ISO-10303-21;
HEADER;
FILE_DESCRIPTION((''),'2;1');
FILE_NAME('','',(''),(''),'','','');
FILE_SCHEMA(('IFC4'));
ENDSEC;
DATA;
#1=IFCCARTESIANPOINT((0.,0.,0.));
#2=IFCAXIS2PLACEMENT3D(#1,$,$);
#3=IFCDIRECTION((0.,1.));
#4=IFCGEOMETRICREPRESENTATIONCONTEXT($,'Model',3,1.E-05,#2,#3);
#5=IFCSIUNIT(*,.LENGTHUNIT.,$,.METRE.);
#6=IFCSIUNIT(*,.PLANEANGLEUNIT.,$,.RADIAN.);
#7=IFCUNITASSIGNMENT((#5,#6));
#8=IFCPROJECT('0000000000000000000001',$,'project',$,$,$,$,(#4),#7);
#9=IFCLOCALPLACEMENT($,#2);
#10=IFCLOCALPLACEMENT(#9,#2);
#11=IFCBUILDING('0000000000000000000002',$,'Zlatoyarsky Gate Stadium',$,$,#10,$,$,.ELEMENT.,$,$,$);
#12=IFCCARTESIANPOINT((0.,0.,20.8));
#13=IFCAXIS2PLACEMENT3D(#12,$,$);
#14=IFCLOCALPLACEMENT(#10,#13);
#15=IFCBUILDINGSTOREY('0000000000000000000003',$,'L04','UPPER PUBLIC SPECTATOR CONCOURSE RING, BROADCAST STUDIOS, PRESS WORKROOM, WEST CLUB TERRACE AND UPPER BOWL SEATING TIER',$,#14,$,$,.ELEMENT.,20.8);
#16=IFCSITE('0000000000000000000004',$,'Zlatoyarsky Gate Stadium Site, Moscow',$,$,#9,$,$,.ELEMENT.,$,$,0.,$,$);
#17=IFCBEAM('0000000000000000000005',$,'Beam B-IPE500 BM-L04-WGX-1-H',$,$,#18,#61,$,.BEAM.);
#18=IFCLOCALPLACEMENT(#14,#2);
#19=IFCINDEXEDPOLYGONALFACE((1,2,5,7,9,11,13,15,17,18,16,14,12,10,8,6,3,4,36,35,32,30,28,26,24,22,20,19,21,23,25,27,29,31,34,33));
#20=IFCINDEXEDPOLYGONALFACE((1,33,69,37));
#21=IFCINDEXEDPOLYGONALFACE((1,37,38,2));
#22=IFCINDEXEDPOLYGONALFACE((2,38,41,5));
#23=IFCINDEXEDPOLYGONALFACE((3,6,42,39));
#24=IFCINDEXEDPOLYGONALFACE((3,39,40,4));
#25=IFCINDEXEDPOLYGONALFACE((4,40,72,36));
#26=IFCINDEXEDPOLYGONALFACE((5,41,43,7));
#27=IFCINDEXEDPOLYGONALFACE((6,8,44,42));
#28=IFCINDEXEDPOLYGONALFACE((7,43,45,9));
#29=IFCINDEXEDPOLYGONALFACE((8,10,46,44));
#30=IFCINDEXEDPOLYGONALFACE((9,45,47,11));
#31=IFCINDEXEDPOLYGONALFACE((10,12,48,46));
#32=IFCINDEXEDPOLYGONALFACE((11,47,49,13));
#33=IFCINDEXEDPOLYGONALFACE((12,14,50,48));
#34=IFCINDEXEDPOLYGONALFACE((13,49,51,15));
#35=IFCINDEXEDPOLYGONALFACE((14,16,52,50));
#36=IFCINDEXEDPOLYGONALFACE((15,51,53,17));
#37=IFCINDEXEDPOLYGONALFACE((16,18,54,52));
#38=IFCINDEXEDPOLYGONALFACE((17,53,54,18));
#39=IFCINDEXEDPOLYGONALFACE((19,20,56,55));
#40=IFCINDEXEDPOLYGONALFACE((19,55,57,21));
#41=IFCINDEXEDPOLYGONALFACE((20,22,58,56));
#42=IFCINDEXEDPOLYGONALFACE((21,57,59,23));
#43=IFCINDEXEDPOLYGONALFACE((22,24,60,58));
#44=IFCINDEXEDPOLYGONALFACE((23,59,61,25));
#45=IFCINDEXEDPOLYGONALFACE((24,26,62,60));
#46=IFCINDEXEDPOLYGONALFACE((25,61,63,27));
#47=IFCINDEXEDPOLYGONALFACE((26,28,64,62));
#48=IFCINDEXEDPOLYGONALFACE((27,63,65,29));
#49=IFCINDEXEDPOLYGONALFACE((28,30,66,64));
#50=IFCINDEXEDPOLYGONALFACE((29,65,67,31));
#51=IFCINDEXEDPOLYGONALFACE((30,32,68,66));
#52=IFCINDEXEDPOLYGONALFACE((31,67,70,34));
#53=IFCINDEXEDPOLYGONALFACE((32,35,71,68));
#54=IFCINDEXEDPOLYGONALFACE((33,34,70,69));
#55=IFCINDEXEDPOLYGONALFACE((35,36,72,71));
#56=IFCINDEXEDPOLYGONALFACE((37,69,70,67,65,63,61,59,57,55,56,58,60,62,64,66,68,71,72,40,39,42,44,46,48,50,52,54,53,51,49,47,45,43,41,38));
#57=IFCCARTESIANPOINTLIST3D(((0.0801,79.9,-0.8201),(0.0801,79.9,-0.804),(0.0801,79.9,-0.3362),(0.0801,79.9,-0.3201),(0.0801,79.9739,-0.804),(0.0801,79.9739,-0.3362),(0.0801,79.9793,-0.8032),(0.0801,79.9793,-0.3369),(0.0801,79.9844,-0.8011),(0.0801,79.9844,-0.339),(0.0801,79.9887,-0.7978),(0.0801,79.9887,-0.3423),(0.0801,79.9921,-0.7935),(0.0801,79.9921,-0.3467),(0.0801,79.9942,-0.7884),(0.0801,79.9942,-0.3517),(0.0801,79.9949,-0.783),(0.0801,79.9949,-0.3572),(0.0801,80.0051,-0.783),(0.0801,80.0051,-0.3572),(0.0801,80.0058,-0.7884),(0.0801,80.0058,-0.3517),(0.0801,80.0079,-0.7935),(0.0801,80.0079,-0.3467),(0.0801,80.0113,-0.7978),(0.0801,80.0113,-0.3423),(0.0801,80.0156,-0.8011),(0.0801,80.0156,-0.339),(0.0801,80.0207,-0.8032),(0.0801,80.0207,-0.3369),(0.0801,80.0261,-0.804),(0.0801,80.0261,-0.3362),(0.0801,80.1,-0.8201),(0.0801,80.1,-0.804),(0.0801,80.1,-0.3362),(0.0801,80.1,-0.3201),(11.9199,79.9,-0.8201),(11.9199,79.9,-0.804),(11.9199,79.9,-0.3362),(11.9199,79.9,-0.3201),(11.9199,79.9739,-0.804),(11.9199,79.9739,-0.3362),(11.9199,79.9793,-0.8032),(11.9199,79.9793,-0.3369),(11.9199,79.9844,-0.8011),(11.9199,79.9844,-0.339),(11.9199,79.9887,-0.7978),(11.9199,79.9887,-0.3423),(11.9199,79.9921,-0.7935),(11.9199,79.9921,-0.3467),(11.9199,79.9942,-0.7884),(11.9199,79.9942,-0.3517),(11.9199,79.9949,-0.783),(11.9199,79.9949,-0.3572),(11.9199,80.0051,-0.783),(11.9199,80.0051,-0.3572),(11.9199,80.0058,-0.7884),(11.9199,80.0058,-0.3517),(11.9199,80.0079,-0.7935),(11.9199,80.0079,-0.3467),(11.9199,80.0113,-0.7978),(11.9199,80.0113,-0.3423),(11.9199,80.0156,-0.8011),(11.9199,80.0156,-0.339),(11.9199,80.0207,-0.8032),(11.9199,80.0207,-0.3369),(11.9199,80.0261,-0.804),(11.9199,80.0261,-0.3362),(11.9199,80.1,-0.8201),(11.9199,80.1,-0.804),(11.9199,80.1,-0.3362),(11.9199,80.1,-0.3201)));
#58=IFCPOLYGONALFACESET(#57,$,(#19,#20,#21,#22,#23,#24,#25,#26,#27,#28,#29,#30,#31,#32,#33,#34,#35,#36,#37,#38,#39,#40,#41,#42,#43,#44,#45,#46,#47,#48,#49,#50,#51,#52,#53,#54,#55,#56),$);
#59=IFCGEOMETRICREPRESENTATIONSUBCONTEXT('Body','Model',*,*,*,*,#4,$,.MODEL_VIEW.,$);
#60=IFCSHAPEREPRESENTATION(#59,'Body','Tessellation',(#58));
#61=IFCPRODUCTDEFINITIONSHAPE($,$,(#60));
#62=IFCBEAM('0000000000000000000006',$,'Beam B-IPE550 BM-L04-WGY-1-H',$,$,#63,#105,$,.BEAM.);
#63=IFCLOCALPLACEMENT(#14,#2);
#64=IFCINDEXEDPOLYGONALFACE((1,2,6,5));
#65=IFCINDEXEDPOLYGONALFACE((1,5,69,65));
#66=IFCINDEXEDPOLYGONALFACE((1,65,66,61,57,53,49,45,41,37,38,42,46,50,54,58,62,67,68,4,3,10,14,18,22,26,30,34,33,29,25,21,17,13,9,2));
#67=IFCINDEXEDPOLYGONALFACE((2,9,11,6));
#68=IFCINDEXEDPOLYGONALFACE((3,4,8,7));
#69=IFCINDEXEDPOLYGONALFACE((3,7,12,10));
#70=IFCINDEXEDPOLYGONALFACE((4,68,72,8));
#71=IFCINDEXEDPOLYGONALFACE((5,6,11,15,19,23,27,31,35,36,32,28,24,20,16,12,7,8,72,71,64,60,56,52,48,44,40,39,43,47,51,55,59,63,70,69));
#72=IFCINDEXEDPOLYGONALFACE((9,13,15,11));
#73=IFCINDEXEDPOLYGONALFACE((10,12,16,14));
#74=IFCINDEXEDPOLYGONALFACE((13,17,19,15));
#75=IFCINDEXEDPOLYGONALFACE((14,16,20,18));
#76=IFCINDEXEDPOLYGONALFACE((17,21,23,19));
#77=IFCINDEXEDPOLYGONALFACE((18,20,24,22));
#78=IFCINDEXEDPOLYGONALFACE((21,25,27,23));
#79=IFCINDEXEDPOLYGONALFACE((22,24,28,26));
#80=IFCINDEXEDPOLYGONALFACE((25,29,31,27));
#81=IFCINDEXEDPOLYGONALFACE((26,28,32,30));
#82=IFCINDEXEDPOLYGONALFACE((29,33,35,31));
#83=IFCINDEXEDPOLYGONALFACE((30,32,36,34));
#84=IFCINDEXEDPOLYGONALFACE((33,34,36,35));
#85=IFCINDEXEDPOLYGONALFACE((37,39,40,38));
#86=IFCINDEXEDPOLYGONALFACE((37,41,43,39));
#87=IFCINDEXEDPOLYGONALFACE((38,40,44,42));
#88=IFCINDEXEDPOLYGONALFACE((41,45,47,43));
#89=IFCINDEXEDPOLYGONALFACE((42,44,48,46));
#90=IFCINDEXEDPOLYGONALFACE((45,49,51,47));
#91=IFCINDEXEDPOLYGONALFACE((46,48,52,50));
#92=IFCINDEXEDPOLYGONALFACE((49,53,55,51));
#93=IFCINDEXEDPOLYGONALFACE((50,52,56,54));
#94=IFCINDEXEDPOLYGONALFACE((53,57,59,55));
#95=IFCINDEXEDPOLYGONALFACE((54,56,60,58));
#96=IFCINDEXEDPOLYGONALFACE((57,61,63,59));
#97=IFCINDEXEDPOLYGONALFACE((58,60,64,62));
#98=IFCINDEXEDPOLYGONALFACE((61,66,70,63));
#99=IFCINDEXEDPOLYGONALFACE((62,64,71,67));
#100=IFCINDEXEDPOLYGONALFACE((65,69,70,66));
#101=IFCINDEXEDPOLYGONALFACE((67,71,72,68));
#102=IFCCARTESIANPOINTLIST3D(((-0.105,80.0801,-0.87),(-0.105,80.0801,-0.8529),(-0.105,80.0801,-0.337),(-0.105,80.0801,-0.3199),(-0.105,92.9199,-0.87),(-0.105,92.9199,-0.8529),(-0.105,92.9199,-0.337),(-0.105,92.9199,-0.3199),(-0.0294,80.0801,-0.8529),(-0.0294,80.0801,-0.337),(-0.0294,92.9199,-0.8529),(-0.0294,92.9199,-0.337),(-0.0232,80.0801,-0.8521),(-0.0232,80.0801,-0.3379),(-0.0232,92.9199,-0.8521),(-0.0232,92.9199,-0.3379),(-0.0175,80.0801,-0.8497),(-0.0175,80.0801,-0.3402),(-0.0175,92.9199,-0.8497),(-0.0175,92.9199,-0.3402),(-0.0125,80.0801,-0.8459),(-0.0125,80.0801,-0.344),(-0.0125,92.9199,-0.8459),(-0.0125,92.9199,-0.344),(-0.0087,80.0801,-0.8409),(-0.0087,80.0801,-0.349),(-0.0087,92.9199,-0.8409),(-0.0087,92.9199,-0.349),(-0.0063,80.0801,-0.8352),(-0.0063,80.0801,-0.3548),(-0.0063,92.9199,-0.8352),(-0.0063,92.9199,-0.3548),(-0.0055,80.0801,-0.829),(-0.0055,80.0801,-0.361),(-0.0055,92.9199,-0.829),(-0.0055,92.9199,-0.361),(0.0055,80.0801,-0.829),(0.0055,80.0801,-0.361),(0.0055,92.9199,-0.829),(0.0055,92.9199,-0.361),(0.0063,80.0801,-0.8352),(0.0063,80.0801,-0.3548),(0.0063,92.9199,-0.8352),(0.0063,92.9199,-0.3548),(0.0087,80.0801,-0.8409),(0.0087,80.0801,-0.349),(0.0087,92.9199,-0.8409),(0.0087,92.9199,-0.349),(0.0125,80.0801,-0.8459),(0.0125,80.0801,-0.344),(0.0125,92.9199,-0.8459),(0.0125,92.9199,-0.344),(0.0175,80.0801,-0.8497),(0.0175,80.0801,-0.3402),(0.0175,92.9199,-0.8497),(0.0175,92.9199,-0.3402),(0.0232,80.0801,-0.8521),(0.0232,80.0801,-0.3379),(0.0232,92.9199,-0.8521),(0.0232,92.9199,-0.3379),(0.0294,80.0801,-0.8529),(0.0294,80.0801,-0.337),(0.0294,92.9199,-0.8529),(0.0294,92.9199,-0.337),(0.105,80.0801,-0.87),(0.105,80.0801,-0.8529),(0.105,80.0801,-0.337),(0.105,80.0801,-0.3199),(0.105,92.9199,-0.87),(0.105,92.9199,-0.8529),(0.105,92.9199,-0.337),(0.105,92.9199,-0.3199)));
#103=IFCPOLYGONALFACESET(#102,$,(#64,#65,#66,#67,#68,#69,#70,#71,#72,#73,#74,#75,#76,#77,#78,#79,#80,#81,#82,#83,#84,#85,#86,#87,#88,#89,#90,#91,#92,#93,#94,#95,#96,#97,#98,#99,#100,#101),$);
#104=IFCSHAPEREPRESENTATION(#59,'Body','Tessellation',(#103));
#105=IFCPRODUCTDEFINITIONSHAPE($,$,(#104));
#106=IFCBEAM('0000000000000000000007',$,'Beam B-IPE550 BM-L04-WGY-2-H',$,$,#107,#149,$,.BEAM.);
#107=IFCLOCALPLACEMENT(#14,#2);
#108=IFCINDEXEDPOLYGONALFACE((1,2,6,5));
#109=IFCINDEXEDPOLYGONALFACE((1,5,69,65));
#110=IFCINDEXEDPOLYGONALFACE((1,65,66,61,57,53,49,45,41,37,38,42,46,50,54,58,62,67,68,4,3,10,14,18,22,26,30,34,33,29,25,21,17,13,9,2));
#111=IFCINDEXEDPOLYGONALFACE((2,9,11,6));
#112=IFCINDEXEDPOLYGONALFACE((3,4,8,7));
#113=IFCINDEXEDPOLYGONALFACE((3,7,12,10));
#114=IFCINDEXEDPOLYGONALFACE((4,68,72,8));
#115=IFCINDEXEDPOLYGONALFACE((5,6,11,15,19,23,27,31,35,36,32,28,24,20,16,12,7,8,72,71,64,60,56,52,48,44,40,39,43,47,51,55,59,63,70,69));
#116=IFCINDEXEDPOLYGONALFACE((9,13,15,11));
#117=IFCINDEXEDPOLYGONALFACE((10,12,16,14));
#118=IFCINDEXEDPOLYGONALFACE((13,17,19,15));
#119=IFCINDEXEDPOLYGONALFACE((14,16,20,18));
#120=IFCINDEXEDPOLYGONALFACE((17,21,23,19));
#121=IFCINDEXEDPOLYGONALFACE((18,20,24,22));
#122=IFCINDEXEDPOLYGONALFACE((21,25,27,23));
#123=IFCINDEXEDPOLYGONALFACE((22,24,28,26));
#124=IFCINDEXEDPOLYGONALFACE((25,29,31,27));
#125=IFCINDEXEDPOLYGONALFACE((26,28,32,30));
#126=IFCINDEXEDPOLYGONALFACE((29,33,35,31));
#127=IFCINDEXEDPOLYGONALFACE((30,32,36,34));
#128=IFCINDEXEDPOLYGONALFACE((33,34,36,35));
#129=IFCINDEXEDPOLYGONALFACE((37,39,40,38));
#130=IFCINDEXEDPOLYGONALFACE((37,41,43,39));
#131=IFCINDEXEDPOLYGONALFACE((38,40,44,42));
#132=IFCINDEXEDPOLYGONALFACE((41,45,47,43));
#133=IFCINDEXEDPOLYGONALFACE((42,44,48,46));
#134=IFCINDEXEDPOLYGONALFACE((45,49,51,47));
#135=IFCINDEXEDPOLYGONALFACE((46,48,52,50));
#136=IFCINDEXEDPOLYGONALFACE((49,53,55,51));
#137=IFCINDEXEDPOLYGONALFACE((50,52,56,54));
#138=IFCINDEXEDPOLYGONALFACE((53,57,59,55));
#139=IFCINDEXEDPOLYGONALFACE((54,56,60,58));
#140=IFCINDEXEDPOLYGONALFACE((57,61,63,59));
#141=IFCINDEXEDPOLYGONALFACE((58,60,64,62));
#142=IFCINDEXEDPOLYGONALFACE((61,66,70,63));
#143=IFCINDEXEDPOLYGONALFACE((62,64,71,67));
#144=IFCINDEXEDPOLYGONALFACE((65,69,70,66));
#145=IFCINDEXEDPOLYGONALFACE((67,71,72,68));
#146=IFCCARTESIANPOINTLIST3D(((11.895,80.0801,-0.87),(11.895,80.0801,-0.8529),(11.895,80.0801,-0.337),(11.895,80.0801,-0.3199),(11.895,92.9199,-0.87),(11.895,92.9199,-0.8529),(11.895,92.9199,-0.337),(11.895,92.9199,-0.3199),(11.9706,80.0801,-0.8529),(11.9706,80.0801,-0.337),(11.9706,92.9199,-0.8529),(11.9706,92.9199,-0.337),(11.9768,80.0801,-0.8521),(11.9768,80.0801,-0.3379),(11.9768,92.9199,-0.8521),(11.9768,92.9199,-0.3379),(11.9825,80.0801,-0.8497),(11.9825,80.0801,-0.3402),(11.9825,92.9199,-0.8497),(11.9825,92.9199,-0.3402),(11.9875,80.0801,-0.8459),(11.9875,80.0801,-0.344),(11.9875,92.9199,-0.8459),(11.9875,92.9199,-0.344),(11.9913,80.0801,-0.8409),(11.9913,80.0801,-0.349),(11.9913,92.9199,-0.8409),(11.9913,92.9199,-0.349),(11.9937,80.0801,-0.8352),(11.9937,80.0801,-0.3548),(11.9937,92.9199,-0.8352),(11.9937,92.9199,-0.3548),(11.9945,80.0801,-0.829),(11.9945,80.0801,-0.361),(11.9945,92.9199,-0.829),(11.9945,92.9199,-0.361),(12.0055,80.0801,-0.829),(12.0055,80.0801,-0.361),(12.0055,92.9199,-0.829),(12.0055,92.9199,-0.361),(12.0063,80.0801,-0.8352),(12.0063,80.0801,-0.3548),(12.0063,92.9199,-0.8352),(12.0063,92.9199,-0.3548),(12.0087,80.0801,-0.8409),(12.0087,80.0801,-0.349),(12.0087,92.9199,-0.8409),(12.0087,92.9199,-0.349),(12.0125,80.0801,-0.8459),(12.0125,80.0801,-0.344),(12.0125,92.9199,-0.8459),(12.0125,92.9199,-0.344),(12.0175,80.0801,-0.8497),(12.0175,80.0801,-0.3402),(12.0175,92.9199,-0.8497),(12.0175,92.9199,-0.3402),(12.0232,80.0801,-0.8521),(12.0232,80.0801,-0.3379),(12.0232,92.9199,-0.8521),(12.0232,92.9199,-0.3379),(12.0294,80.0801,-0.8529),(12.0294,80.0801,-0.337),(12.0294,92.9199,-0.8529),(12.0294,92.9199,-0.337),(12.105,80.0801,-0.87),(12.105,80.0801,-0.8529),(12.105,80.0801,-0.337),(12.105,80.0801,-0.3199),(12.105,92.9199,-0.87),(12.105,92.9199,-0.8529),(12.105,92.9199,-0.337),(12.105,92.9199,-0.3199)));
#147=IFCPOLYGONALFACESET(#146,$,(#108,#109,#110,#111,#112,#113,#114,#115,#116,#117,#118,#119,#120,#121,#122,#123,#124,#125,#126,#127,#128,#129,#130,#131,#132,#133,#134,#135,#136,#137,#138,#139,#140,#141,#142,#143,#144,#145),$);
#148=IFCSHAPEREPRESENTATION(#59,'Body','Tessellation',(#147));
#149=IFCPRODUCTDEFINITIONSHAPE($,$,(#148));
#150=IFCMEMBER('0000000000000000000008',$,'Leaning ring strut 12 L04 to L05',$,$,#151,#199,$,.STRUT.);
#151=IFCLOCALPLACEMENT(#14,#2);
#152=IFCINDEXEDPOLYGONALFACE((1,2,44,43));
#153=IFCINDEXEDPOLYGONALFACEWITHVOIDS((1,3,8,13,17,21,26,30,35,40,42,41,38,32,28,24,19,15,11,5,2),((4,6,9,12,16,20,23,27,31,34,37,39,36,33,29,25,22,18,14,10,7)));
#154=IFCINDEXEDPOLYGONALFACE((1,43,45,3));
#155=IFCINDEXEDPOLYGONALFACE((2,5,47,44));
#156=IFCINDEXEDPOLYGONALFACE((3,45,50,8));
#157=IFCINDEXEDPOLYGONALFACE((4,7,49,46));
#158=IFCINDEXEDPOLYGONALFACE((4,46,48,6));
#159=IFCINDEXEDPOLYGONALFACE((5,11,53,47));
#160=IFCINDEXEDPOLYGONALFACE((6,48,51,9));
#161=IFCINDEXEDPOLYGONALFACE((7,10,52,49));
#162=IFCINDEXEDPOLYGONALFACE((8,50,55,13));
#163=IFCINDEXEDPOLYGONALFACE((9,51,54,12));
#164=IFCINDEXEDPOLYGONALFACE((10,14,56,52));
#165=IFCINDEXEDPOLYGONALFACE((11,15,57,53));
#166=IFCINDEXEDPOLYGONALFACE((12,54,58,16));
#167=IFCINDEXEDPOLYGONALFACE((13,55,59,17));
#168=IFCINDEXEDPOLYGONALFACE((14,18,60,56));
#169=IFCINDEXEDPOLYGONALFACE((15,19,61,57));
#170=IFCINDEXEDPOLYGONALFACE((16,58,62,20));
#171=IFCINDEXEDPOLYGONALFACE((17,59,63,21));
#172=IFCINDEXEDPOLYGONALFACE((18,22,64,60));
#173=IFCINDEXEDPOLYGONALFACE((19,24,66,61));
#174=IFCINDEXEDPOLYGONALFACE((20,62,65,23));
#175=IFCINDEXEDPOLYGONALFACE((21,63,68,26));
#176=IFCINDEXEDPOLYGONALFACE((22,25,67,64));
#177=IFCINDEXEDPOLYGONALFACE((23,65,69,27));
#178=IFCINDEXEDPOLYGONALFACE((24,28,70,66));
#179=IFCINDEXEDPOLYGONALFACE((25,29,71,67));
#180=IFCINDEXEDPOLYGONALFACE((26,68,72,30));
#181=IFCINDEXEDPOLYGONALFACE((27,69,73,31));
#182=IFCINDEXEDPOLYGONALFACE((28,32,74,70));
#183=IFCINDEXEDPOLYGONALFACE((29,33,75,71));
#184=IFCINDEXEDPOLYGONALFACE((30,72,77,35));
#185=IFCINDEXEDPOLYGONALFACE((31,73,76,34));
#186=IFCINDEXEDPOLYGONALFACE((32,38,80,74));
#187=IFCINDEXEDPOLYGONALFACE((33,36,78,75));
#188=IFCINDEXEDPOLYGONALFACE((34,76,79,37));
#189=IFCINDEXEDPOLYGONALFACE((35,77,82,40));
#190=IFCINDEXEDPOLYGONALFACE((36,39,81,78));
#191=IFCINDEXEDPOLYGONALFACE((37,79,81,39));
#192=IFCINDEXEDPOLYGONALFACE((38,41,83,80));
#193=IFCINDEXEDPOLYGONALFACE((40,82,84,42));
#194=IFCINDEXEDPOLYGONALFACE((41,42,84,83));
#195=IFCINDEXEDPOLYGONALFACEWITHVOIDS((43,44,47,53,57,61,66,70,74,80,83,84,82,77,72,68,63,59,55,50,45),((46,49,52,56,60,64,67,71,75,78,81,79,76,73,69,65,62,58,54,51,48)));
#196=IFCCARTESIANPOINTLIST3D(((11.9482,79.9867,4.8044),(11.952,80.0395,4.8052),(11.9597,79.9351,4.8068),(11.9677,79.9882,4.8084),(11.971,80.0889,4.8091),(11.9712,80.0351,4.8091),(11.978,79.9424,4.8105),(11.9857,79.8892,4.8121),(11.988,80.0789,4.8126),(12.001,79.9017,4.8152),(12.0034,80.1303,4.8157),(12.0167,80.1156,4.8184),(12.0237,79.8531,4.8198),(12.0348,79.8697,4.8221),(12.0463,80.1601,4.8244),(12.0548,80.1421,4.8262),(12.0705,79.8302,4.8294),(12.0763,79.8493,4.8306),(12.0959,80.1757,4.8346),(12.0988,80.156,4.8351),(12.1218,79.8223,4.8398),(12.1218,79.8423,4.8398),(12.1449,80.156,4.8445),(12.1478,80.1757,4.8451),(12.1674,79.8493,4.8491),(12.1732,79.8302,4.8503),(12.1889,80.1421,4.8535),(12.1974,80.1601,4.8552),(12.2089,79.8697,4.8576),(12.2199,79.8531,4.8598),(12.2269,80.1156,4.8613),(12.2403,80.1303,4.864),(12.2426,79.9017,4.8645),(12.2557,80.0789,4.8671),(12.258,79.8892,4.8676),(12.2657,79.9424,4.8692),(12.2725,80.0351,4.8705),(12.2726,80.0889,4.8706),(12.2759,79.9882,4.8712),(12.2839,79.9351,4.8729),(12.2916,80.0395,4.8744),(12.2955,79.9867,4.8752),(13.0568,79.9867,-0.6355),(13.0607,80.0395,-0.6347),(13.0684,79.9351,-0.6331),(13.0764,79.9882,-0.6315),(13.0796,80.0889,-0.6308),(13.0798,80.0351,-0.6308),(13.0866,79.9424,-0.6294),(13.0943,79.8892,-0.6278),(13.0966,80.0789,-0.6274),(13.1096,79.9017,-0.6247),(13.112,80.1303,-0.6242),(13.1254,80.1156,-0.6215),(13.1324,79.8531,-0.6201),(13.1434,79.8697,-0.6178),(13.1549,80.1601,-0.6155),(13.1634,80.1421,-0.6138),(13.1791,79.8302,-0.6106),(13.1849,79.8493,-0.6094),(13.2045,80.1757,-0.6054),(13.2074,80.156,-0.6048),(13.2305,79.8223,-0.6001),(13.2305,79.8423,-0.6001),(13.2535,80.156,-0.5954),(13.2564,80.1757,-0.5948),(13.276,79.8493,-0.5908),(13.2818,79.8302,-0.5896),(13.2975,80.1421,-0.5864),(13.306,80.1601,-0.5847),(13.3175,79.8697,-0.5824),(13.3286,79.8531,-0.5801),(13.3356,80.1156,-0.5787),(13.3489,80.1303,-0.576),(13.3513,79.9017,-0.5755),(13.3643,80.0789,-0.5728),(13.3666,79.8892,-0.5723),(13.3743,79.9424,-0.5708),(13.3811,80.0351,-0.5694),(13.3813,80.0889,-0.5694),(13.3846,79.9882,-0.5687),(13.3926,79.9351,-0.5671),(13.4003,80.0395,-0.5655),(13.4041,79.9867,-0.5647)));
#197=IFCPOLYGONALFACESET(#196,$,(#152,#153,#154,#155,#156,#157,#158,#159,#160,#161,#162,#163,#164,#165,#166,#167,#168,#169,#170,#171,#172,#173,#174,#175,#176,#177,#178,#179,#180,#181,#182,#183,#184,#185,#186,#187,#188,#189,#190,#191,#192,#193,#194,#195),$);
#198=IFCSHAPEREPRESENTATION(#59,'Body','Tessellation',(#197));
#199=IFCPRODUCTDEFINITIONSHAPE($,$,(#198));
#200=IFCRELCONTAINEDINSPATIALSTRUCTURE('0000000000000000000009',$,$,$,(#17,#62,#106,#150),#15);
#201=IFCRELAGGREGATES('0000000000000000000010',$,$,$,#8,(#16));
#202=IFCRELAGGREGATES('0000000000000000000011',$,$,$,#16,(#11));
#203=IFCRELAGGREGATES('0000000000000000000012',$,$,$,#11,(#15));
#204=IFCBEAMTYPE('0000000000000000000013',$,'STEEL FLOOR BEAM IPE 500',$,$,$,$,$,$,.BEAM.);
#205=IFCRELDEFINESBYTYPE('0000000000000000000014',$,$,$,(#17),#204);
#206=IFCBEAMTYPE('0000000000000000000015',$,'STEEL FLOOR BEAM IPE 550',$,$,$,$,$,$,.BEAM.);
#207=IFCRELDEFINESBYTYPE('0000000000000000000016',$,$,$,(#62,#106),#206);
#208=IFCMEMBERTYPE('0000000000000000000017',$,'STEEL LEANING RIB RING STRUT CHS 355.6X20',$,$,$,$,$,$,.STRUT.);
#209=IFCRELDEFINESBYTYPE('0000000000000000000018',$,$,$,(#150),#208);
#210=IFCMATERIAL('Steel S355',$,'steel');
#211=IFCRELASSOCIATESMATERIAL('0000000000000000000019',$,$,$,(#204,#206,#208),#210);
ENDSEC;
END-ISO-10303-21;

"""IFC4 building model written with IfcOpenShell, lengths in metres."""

from ifc_helpers import new_model, si_unit, direction, frame, origin, origin_2d, place, context, subcontext, project, spatial, hollow_circle, i_section, extrude, material, material_profile, profile_set, type_object, element, save


model = new_model("IFC4")

# Units and contexts
model_context = context("Model", 3, precision=1e-05, world=origin(), true_north=direction((0.0, 1.0)))
body_context = subcontext(model_context, "Body", "Model", "MODEL_VIEW")
ifc_project = project(units=[si_unit("LENGTHUNIT", "METRE"), si_unit("PLANEANGLEUNIT", "RADIAN")], contexts=[model_context])

# Site, building, storey
site_placement = place(None, origin())
site = spatial("IfcSite", under=ifc_project, at=site_placement, Name="Zlatoyarsky Gate Stadium Site, Moscow", CompositionType="ELEMENT", RefElevation=0.0)
building_placement = place(site_placement, origin())
building = spatial("IfcBuilding", under=site, at=building_placement, Name="Zlatoyarsky Gate Stadium", CompositionType="ELEMENT")
storey_placement = place(building_placement, frame((0.0, 0.0, 20.8)))
storey = spatial("IfcBuildingStorey", under=building, at=storey_placement, Name="L04", Description="UPPER PUBLIC SPECTATOR CONCOURSE RING, BROADCAST STUDIOS, PRESS WORKROOM, WEST CLUB TERRACE AND UPPER BOWL SEATING TIER", CompositionType="ELEMENT", Elevation=20.8)

# Shared definitions
ifc_material_1 = material(Name="Steel S355", Category="steel")

# Beams
ifc_material_profile_1 = material_profile(ifc_material_1, i_section(OverallWidth=0.2, OverallDepth=0.5, WebThickness=0.0103, FlangeThickness=0.0161, FilletRadius=0.021, at=origin_2d()), Name="IPE 500")
ifc_profile_set_1 = profile_set([ifc_material_profile_1], Name="Steel S355")
beam_type_1 = type_object("IfcBeamType", Name="STEEL FLOOR BEAM IPE 500", PredefinedType="BEAM", material=ifc_profile_set_1)
beam_1_placement = place(storey_placement, frame((0.0801, 80.0, -0.5701), z_axis=(1.0, 0.0, 0.0), x_axis=(0.0, 1.0, 0.0)))
element("IfcBeam", 1, at=beam_1_placement, inside=storey, type_object=beam_type_1, Name="Beam B-IPE500 BM-L04-WGX-1-H", PredefinedType="BEAM", context=body_context, shape_type="SweptSolid", body=[
    extrude(i_section(OverallWidth=0.2, OverallDepth=0.5, WebThickness=0.0103, FlangeThickness=0.0161, FilletRadius=0.021, at=origin_2d()), origin(), (0.0, 0.0, 1.0), 11.8398),
])
ifc_material_profile_2 = material_profile(ifc_material_1, i_section(OverallWidth=0.21, OverallDepth=0.55, WebThickness=0.011, FlangeThickness=0.0171, FilletRadius=0.0239, at=origin_2d()), Name="IPE 550")
ifc_profile_set_2 = profile_set([ifc_material_profile_2], Name="Steel S355")
beam_type_2 = type_object("IfcBeamType", Name="STEEL FLOOR BEAM IPE 550", PredefinedType="BEAM", material=ifc_profile_set_2)
for number, where, z_axis, x_axis, name in (
    (2, (0.0, 80.0801, -0.595), (0.0, 1.0, 0.0), (-1.0, 0.0, 0.0), "Beam B-IPE550 BM-L04-WGY-1-H"),
    (3, (12.0, 80.0801, -0.595), (0.0, 1.0, 0.0), (-1.0, 0.0, 0.0), "Beam B-IPE550 BM-L04-WGY-2-H"),
):
    element("IfcBeam", number, at=place(storey_placement, frame(where, z_axis=z_axis, x_axis=x_axis)), inside=storey, type_object=beam_type_2, Name=name, PredefinedType="BEAM", context=body_context, shape_type="SweptSolid", body=[
        extrude(i_section(OverallWidth=0.21, OverallDepth=0.55, WebThickness=0.011, FlangeThickness=0.0171, FilletRadius=0.0239, at=origin_2d()), origin(), (0.0, 0.0, 1.0), 12.8398),
    ])

# Member
ifc_material_profile_3 = material_profile(ifc_material_1, hollow_circle(Radius=0.1777, WallThickness=0.02, at=origin_2d()), Name="CHS 355.6X20")
ifc_profile_set_3 = profile_set([ifc_material_profile_3], Name="Steel S355")
member_type_1 = type_object("IfcMemberType", Name="STEEL LEANING RIB RING STRUT CHS 355.6X20", PredefinedType="STRUT", material=ifc_profile_set_3)
member_1_placement = place(storey_placement, frame((13.2305, 80.0, -0.6001), z_axis=(-0.199692, 0.0, 0.979859), x_axis=(0.0, -1.0, 0.0)))
element("IfcMember", 4, at=member_1_placement, inside=storey, type_object=member_type_1, Name="Leaning ring strut 12 L04 to L05", PredefinedType="STRUT", context=body_context, shape_type="SweptSolid", body=[
    extrude(hollow_circle(Radius=0.1777, WallThickness=0.02, at=origin_2d()), origin(), (0.0, 0.0, 1.0), 5.5518),
])

save(model, "model.ifc")
